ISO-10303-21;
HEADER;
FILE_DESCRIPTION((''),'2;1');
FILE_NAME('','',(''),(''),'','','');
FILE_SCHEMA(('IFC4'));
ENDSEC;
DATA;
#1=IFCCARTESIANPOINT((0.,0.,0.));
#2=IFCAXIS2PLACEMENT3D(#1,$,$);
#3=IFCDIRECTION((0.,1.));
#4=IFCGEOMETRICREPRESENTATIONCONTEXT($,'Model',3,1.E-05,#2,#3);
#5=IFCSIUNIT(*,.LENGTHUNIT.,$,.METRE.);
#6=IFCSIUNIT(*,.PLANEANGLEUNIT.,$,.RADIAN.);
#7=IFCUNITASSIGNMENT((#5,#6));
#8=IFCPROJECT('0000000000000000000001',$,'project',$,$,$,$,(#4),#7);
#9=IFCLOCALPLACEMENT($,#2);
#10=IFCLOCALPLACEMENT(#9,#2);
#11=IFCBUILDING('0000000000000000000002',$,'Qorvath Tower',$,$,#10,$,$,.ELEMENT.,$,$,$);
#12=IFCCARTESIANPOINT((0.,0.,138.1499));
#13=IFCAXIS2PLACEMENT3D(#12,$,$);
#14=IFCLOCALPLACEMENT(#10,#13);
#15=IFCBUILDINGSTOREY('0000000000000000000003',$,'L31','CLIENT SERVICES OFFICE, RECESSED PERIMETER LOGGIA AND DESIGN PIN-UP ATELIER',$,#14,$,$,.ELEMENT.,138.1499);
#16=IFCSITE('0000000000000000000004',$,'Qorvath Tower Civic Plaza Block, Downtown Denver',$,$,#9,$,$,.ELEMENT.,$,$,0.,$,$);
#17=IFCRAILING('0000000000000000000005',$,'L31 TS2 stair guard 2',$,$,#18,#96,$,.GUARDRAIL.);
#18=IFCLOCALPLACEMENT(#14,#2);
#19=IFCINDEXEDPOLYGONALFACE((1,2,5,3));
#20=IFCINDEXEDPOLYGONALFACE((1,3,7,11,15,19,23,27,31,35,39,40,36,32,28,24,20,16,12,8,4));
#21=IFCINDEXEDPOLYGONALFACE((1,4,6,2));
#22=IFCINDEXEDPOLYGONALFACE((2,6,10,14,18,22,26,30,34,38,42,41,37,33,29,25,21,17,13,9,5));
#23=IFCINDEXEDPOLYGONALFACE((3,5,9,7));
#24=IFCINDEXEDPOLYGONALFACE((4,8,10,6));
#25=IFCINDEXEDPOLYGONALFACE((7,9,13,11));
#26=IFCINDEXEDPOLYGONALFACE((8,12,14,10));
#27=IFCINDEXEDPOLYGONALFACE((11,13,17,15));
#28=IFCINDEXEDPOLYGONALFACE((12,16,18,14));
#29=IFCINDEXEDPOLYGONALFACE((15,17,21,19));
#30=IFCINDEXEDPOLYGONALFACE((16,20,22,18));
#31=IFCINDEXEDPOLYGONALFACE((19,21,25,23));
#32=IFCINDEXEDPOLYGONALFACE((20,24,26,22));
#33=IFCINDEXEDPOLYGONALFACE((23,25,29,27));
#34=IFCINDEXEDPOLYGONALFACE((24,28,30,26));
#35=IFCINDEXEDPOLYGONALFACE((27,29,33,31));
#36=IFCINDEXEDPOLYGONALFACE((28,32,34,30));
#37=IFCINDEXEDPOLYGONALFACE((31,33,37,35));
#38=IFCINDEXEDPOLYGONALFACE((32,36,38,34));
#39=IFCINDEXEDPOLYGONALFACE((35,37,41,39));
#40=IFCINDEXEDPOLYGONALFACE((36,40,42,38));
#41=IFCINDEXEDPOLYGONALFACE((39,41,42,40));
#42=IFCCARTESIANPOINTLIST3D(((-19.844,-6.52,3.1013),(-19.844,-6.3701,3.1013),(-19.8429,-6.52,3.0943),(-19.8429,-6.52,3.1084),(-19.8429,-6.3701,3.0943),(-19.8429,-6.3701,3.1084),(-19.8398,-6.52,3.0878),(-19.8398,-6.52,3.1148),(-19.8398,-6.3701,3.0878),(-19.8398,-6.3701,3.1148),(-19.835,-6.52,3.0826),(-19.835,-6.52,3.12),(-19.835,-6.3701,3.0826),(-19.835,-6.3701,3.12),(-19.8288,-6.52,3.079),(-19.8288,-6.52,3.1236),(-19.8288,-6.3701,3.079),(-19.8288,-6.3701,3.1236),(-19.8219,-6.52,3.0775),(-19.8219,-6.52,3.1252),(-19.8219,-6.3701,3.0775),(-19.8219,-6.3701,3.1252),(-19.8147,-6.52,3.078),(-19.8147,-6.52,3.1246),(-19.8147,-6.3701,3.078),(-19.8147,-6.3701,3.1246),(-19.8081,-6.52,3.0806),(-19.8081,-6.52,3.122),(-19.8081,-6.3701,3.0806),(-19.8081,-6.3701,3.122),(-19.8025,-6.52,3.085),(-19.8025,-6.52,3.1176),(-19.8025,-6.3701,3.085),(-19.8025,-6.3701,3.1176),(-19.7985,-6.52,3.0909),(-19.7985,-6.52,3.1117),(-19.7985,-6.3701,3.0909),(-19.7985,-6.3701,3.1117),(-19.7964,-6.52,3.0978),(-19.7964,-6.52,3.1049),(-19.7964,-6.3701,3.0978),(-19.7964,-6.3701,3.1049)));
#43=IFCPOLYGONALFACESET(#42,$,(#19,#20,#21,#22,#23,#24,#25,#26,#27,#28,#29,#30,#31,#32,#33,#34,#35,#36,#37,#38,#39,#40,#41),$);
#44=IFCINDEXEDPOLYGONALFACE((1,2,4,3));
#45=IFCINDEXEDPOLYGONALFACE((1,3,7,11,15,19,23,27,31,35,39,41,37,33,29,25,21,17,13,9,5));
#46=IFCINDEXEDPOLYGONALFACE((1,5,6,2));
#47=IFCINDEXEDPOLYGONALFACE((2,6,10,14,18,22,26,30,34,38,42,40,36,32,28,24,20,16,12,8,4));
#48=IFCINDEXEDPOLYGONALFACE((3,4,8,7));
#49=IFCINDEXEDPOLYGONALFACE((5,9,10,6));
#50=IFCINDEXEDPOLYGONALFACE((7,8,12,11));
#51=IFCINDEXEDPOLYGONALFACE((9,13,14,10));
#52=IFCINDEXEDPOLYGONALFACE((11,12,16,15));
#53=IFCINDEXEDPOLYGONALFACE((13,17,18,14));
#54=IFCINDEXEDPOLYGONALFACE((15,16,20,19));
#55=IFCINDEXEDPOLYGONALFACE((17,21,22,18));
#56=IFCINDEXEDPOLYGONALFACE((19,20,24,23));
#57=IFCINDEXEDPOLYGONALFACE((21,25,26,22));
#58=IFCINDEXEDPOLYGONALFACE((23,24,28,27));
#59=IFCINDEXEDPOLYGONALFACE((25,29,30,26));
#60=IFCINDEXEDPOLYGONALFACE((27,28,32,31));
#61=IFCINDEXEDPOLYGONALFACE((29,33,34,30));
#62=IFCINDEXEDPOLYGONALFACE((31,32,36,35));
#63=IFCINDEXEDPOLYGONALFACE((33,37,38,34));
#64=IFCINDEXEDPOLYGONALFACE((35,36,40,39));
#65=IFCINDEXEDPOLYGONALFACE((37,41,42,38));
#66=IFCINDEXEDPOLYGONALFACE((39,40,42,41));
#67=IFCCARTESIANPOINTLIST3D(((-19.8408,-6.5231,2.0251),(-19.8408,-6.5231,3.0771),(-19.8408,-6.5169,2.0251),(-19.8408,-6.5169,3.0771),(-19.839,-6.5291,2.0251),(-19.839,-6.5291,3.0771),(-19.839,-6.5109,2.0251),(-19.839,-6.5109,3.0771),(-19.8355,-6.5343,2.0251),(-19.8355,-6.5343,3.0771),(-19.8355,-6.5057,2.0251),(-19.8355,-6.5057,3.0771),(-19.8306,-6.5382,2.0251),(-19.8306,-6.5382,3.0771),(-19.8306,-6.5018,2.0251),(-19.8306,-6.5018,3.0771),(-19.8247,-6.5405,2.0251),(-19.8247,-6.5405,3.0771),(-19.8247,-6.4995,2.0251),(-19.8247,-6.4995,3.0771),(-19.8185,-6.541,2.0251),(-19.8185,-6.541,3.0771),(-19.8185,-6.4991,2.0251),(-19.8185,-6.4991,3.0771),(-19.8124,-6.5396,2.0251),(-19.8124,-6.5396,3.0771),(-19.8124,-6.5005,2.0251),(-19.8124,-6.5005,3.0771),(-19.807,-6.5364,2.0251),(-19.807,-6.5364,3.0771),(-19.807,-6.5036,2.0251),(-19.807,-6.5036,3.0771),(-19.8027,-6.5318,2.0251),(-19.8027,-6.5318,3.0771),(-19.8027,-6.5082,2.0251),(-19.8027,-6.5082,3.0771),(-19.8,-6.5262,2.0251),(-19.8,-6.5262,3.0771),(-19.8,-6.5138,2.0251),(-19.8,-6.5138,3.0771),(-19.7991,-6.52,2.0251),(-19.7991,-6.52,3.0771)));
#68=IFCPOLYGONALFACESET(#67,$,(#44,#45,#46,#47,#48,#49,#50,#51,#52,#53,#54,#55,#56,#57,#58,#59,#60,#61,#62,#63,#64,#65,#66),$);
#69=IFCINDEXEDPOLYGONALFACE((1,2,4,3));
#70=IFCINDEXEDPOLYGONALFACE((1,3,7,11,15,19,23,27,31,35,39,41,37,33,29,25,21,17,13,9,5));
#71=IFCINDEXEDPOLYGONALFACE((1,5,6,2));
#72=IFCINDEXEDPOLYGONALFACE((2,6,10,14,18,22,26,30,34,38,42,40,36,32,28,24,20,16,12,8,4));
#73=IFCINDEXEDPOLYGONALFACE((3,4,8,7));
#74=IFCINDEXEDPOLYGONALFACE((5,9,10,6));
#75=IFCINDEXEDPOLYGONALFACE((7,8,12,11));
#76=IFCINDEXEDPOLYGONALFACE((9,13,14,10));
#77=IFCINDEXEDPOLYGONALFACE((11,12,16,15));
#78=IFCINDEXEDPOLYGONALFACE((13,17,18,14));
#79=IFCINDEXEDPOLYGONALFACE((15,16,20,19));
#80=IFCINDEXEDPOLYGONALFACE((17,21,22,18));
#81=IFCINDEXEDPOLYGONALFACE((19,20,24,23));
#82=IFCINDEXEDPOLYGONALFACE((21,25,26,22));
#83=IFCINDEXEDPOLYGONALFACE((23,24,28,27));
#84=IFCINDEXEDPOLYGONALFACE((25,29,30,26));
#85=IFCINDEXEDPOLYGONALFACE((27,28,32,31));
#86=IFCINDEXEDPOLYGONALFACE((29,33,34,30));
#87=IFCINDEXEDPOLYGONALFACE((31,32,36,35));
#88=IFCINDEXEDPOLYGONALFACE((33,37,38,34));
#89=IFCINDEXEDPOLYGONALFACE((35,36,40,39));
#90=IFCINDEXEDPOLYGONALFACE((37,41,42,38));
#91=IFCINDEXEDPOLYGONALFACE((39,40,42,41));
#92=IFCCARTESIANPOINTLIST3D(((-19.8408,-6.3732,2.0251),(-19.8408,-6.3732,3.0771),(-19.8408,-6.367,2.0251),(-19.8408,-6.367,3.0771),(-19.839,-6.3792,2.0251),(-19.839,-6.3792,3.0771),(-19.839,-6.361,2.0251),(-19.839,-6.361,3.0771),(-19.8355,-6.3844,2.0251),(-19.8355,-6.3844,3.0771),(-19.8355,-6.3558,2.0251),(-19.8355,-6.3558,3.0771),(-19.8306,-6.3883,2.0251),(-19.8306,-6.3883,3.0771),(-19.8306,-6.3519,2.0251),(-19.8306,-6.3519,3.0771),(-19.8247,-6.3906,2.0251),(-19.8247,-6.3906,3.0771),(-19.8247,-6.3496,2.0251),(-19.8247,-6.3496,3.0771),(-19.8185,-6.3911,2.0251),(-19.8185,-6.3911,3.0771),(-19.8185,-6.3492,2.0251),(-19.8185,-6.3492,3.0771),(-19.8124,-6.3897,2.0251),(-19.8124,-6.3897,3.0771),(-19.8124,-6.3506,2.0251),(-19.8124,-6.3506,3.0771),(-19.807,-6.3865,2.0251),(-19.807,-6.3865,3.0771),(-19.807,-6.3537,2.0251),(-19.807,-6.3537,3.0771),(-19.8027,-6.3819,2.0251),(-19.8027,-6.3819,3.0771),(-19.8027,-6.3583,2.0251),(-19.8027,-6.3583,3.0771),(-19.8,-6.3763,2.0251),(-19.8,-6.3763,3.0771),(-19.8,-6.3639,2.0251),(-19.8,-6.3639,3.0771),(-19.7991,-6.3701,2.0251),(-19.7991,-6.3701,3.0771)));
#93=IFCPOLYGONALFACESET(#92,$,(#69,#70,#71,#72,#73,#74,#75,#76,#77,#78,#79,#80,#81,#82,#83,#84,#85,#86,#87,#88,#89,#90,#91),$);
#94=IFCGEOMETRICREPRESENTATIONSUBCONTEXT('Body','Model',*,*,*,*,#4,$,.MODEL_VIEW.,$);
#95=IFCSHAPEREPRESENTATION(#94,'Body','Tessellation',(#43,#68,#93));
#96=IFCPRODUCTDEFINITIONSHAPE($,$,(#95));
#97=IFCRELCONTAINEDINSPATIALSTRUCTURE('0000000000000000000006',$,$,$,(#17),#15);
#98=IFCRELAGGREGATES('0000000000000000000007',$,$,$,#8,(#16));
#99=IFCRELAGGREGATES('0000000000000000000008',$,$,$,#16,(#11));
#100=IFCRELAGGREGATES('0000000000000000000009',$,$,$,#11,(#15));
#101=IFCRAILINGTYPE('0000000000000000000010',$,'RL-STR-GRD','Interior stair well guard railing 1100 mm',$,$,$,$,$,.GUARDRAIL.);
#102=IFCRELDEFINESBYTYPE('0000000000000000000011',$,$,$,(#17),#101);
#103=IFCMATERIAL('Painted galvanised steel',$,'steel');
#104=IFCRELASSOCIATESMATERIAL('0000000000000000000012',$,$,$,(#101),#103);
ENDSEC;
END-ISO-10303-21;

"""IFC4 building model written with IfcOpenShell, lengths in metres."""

from ifc_helpers import new_model, si_unit, direction, frame, origin, origin_2d, place, context, subcontext, project, spatial, circle, extrude, material, type_object, element, save


model = new_model("IFC4")

# Units and contexts
model_context = context("Model", 3, precision=1e-05, world=origin(), true_north=direction((0.0, 1.0)))
body_context = subcontext(model_context, "Body", "Model", "MODEL_VIEW")
ifc_project = project(units=[si_unit("LENGTHUNIT", "METRE"), si_unit("PLANEANGLEUNIT", "RADIAN")], contexts=[model_context])

# Site, building, storey
site_placement = place(None, origin())
site = spatial("IfcSite", under=ifc_project, at=site_placement, Name="Qorvath Tower Civic Plaza Block, Downtown Denver", CompositionType="ELEMENT", RefElevation=0.0)
building_placement = place(site_placement, origin())
building = spatial("IfcBuilding", under=site, at=building_placement, Name="Qorvath Tower", CompositionType="ELEMENT")
storey_placement = place(building_placement, frame((0.0, 0.0, 138.1499)))
storey = spatial("IfcBuildingStorey", under=building, at=storey_placement, Name="L31", Description="CLIENT SERVICES OFFICE, RECESSED PERIMETER LOGGIA AND DESIGN PIN-UP ATELIER", CompositionType="ELEMENT", Elevation=138.1499)

# Railing
ifc_material_1 = material(Name="Painted galvanised steel", Category="steel")
railing_type_1 = type_object("IfcRailingType", Name="RL-STR-GRD", Description="Interior stair well guard railing 1100 mm", PredefinedType="GUARDRAIL", material=ifc_material_1)
railing_1_placement = place(storey_placement, frame((-19.8201, -6.52, 2.0251)))
element("IfcRailing", 1, at=railing_1_placement, inside=storey, type_object=railing_type_1, Name="L31 TS2 stair guard 2", PredefinedType="GUARDRAIL", context=body_context, shape_type="SweptSolid", body=[
    extrude(circle(Radius=0.0239, at=origin_2d()), frame((0.0, 0.0, 1.0762), z_axis=(0.0, 1.0, 0.0), x_axis=(-1.0, 0.0, 0.0)), (0.0, 0.0, 1.0), 0.1499),
    extrude(circle(Radius=0.021, at=origin_2d()), origin(), (0.0, 0.0, 1.0), 1.052),
    extrude(circle(Radius=0.021, at=origin_2d()), frame((0.0, 0.1499, 0.0)), (0.0, 0.0, 1.0), 1.052),
])

save(model, "model.ifc")
